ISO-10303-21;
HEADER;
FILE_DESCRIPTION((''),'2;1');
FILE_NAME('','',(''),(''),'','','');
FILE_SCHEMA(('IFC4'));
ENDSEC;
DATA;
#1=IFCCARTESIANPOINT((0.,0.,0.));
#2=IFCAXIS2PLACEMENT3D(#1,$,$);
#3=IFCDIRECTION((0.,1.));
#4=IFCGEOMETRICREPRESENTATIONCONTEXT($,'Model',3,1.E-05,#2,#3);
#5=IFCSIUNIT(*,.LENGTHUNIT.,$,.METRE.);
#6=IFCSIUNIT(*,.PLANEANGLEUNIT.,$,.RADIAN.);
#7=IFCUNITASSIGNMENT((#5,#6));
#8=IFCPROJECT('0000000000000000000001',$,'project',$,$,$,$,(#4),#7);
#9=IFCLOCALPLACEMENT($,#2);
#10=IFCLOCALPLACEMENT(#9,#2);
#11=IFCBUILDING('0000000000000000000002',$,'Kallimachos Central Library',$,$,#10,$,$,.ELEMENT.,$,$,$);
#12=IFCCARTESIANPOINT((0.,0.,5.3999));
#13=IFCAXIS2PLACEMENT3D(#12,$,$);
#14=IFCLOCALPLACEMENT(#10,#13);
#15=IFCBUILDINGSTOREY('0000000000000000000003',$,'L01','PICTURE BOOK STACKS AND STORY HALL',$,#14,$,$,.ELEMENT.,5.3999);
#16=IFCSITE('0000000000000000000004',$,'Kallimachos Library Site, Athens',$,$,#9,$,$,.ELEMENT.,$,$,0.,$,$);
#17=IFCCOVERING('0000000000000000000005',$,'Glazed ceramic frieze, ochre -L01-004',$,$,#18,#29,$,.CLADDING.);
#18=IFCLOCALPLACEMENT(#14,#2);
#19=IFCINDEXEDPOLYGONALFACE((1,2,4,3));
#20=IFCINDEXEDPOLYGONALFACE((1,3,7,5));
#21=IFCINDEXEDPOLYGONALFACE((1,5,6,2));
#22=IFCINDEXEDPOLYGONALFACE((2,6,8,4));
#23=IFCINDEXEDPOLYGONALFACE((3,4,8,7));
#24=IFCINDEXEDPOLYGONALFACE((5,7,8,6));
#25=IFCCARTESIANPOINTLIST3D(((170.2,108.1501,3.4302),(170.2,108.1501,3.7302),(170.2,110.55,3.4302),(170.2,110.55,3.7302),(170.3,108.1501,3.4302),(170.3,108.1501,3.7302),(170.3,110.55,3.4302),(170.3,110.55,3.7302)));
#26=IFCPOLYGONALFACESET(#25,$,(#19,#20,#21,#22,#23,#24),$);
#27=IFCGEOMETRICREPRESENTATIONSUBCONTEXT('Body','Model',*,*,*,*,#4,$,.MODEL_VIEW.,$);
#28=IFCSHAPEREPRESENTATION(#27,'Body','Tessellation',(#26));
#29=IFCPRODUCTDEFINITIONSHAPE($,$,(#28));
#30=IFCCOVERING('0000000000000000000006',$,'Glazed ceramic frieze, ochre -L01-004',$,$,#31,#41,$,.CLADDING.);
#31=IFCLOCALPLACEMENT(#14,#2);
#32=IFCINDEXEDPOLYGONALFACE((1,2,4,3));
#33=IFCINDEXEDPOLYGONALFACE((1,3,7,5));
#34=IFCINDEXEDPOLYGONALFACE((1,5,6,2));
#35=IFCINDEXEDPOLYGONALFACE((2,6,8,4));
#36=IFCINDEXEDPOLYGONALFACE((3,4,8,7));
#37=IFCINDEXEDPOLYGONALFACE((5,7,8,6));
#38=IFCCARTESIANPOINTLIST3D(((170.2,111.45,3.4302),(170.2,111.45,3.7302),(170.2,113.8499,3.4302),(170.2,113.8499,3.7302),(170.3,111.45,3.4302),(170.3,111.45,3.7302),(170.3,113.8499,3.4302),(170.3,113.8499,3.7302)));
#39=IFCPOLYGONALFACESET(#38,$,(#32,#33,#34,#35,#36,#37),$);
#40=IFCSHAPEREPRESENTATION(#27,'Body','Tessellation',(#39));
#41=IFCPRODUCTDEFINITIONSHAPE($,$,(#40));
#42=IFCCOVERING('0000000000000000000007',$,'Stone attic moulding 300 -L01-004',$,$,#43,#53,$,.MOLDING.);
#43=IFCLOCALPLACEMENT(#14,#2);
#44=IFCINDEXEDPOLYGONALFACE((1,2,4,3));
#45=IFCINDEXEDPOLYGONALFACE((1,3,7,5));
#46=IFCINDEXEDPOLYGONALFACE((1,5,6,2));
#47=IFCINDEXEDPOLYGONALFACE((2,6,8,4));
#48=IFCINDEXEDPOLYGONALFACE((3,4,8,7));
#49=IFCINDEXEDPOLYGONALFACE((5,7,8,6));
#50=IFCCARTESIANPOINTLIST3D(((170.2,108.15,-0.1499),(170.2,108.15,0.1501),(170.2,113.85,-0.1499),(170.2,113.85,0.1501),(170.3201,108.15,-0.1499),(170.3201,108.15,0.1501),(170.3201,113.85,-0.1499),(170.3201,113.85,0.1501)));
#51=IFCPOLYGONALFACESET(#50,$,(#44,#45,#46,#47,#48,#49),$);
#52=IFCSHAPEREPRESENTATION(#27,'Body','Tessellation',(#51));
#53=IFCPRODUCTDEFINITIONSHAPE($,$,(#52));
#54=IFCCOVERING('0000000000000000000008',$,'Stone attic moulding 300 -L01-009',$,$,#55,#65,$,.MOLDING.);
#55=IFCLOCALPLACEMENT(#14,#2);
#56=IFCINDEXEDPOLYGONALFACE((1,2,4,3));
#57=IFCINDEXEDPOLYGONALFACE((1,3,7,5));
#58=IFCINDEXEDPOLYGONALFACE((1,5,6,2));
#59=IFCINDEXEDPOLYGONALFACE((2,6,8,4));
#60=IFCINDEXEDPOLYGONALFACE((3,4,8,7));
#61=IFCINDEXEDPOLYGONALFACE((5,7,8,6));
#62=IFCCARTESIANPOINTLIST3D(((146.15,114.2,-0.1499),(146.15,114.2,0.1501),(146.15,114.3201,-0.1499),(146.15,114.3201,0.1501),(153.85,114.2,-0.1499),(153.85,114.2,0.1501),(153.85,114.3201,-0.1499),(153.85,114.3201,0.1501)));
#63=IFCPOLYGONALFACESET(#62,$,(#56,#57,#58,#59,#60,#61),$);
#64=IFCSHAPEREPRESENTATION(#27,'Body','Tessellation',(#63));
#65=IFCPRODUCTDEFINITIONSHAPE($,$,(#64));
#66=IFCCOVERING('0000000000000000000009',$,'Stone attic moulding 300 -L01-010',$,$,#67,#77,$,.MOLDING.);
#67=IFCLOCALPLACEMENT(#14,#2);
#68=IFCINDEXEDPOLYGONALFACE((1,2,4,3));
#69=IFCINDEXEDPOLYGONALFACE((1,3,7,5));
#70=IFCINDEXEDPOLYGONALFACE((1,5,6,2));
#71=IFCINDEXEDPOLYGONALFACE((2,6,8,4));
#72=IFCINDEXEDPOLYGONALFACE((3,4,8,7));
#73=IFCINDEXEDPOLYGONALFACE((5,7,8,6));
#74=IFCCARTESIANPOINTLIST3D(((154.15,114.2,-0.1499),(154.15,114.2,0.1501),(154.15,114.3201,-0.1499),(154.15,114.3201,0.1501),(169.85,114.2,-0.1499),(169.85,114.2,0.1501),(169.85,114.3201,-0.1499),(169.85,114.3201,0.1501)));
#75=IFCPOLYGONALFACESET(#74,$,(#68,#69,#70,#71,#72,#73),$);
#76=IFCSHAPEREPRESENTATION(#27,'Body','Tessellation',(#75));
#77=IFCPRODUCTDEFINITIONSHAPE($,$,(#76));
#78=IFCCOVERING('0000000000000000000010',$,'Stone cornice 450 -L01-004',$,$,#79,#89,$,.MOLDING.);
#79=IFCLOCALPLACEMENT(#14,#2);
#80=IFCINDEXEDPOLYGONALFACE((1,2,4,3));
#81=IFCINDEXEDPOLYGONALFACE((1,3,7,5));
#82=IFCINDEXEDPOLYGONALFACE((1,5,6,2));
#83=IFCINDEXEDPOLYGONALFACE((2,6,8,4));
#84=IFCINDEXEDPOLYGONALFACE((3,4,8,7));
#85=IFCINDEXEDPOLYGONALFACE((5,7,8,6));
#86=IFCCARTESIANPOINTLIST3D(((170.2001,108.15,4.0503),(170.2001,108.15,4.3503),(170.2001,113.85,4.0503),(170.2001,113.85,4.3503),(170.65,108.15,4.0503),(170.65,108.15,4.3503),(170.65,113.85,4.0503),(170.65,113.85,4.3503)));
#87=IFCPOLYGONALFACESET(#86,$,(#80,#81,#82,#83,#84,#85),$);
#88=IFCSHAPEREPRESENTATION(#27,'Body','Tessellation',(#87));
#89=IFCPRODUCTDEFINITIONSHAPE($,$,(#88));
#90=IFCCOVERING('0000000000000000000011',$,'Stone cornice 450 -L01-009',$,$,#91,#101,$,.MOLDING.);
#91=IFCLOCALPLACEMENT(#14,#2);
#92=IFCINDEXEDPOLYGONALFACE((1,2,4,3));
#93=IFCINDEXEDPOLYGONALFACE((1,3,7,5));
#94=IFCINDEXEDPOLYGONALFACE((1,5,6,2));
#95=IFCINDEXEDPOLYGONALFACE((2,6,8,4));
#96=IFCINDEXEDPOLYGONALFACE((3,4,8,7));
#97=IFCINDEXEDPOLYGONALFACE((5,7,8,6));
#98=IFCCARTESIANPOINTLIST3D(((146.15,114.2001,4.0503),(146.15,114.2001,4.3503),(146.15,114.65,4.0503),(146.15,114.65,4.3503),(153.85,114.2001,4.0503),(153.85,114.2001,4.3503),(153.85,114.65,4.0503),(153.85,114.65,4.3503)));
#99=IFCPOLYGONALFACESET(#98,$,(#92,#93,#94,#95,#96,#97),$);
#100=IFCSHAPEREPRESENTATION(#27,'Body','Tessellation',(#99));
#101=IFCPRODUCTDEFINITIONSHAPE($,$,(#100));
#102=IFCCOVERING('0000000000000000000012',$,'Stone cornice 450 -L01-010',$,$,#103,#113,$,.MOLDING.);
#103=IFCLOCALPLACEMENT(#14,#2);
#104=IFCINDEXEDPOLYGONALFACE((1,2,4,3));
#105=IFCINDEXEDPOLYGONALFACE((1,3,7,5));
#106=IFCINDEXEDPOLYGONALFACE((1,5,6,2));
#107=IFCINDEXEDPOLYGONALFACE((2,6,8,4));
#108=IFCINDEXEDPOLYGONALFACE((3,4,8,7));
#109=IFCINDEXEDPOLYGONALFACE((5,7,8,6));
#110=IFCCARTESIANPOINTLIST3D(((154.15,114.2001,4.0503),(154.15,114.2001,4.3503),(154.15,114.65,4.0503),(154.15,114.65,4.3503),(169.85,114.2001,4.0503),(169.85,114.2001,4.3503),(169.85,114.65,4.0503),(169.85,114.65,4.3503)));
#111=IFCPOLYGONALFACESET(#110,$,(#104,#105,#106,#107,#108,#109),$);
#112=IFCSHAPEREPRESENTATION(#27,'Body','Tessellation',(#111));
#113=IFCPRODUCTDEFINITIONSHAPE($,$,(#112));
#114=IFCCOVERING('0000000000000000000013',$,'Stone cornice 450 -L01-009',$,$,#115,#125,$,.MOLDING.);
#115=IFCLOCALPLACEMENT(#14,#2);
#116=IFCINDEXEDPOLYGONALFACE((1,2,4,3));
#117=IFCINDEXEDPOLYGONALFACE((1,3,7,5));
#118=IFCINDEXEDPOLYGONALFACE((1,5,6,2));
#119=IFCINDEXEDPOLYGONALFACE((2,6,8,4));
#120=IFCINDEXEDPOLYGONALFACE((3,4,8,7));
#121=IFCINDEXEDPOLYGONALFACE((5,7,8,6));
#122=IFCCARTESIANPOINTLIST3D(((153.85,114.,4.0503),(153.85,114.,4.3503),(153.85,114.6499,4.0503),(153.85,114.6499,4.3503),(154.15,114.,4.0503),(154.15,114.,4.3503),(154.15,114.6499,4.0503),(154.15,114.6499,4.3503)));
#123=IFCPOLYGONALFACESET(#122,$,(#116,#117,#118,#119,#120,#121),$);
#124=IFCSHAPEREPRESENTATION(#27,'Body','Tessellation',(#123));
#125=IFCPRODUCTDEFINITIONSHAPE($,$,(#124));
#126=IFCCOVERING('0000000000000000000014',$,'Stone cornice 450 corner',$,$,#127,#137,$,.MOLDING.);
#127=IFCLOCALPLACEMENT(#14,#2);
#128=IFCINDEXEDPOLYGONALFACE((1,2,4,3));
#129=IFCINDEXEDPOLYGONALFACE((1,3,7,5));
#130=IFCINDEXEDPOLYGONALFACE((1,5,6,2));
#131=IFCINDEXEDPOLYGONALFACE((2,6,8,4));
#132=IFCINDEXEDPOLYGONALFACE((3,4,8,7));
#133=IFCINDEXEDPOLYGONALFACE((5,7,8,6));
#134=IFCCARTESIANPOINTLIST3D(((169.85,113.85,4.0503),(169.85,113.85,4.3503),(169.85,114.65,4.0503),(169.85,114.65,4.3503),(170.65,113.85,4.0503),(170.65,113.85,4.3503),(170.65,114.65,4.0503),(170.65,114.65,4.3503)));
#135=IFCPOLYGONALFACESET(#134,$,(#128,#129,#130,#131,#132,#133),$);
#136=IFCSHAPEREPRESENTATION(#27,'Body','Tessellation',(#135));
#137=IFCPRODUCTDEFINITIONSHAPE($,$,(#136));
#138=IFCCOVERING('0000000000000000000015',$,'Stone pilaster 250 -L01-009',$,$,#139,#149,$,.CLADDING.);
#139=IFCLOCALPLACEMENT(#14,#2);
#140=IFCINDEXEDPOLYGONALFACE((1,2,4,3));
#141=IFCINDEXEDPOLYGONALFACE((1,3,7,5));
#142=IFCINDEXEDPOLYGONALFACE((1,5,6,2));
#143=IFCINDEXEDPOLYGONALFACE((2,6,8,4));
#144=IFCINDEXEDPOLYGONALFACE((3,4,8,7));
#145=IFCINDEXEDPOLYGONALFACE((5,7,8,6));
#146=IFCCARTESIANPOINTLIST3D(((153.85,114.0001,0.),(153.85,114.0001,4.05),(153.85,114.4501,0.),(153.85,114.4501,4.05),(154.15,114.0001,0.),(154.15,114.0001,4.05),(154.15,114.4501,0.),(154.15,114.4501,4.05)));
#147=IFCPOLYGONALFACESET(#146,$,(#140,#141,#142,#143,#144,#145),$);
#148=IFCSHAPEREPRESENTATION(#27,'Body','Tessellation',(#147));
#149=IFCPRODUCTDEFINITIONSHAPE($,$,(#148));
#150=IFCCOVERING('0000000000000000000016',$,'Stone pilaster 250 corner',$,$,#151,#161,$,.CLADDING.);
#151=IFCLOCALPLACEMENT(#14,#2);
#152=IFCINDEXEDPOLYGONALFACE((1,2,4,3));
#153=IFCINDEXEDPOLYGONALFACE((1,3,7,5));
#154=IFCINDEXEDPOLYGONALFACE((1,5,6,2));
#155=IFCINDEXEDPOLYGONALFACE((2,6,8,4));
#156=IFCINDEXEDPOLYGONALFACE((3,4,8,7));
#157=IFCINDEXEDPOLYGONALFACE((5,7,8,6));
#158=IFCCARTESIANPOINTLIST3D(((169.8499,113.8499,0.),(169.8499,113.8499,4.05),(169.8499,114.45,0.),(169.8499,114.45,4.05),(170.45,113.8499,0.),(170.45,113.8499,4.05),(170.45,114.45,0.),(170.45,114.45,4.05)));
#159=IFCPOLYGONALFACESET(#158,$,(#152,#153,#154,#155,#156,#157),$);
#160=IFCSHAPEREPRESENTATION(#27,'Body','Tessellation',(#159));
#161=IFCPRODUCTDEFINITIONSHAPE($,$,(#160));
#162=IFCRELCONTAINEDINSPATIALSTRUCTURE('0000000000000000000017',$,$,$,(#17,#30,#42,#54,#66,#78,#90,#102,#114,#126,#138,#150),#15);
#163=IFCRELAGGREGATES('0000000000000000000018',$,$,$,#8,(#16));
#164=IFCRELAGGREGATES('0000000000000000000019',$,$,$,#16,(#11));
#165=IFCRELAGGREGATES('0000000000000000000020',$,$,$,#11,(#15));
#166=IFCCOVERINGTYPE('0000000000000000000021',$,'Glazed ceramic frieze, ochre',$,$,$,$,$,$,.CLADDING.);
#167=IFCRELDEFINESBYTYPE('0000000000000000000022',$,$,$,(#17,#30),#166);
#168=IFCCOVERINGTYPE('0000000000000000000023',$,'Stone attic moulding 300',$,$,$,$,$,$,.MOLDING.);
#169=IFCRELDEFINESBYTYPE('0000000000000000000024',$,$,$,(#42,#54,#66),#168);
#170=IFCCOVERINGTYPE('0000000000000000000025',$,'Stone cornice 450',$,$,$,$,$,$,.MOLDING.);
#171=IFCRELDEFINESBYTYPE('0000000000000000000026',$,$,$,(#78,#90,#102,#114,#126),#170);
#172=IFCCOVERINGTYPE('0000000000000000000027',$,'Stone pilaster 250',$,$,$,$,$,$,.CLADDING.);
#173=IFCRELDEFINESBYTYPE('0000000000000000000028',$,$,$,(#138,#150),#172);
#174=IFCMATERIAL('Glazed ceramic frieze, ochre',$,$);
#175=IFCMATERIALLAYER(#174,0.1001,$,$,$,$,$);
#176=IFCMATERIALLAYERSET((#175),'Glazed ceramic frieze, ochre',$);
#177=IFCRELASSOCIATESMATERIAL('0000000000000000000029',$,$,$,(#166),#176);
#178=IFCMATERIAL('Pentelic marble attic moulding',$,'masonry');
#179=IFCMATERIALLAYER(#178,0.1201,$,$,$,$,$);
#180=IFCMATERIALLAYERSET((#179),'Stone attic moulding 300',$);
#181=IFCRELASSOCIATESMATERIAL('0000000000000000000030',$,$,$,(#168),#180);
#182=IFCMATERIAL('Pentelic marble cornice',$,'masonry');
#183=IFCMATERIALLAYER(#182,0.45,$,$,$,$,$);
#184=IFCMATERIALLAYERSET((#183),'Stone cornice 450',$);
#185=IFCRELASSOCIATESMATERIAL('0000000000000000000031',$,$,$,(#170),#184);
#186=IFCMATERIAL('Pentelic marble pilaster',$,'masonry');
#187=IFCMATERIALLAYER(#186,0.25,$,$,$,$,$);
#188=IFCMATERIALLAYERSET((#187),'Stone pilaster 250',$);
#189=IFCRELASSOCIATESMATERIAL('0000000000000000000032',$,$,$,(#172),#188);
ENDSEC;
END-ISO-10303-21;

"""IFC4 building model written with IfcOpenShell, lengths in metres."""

from ifc_helpers import new_model, si_unit, direction, frame, origin, origin_2d, place, context, subcontext, project, spatial, rectangle, extrude, material, layer, layer_set, type_object, element, save


model = new_model("IFC4")

# Units and contexts
model_context = context("Model", 3, precision=1e-05, world=origin(), true_north=direction((0.0, 1.0)))
body_context = subcontext(model_context, "Body", "Model", "MODEL_VIEW")
ifc_project = project(units=[si_unit("LENGTHUNIT", "METRE"), si_unit("PLANEANGLEUNIT", "RADIAN")], contexts=[model_context])

# Site, building, storey
site_placement = place(None, origin())
site = spatial("IfcSite", under=ifc_project, at=site_placement, Name="Kallimachos Library Site, Athens", CompositionType="ELEMENT", RefElevation=0.0)
building_placement = place(site_placement, origin())
building = spatial("IfcBuilding", under=site, at=building_placement, Name="Kallimachos Central Library", CompositionType="ELEMENT")
storey_placement = place(building_placement, frame((0.0, 0.0, 5.3999)))
storey = spatial("IfcBuildingStorey", under=building, at=storey_placement, Name="L01", Description="PICTURE BOOK STACKS AND STORY HALL", CompositionType="ELEMENT", Elevation=5.3999)

# Coverings
ifc_material_1 = material(Name="Glazed ceramic frieze, ochre")
ifc_layer_1 = layer(ifc_material_1, 0.1001)
ifc_layer_set_1 = layer_set([ifc_layer_1], Name="Glazed ceramic frieze, ochre")
covering_type_1 = type_object("IfcCoveringType", Name="Glazed ceramic frieze, ochre", PredefinedType="CLADDING", material=ifc_layer_set_1)
for number, where, z_axis, x_axis, name in (
    (1, (170.25, 109.3501, 3.4302), (0.0, 0.0, 1.0), (1.0, 0.0, 0.0), "Glazed ceramic frieze, ochre -L01-004"),
    (2, (170.25, 112.6499, 3.4302), (0.0, 0.0, 1.0), (1.0, 0.0, 0.0), "Glazed ceramic frieze, ochre -L01-004"),
):
    element("IfcCovering", number, at=place(storey_placement, frame(where, z_axis=z_axis, x_axis=x_axis)), inside=storey, type_object=covering_type_1, Name=name, PredefinedType="CLADDING", context=body_context, shape_type="SweptSolid", body=[
        extrude(rectangle(XDim=0.1001, YDim=2.3999, at=origin_2d()), origin(), (0.0, 0.0, 1.0), 0.3),
    ])
ifc_material_2 = material(Name="Pentelic marble attic moulding", Category="masonry")
ifc_layer_2 = layer(ifc_material_2, 0.1201)
ifc_layer_set_2 = layer_set([ifc_layer_2], Name="Stone attic moulding 300")
covering_type_2 = type_object("IfcCoveringType", Name="Stone attic moulding 300", PredefinedType="MOLDING", material=ifc_layer_set_2)
covering_1_placement = place(storey_placement, frame((170.26, 111.0, -0.1499), z_axis=(0.0, 0.0, 1.0), x_axis=(1.0, 0.0, 0.0)))
element("IfcCovering", 3, at=covering_1_placement, inside=storey, type_object=covering_type_2, Name="Stone attic moulding 300 -L01-004", PredefinedType="MOLDING", context=body_context, shape_type="SweptSolid", body=[
    extrude(rectangle(XDim=0.1201, YDim=5.7, at=origin_2d()), origin(), (0.0, 0.0, 1.0), 0.3),
])
covering_2_placement = place(storey_placement, frame((150.0, 114.26, -0.1499), z_axis=(0.0, 0.0, 1.0), x_axis=(1.0, 0.0, 0.0)))
element("IfcCovering", 4, at=covering_2_placement, inside=storey, type_object=covering_type_2, Name="Stone attic moulding 300 -L01-009", PredefinedType="MOLDING", context=body_context, shape_type="SweptSolid", body=[
    extrude(rectangle(XDim=7.7, YDim=0.1201, at=origin_2d()), origin(), (0.0, 0.0, 1.0), 0.3),
])
covering_3_placement = place(storey_placement, frame((162.0, 114.26, -0.1499), z_axis=(0.0, 0.0, 1.0), x_axis=(1.0, 0.0, 0.0)))
element("IfcCovering", 5, at=covering_3_placement, inside=storey, type_object=covering_type_2, Name="Stone attic moulding 300 -L01-010", PredefinedType="MOLDING", context=body_context, shape_type="SweptSolid", body=[
    extrude(rectangle(XDim=15.7, YDim=0.1201, at=origin_2d()), origin(), (0.0, 0.0, 1.0), 0.3),
])
ifc_material_3 = material(Name="Pentelic marble cornice", Category="masonry")
ifc_layer_3 = layer(ifc_material_3, 0.45)
ifc_layer_set_3 = layer_set([ifc_layer_3], Name="Stone cornice 450")
covering_type_3 = type_object("IfcCoveringType", Name="Stone cornice 450", PredefinedType="MOLDING", material=ifc_layer_set_3)
covering_4_placement = place(storey_placement, frame((170.425, 111.0, 4.0503), z_axis=(0.0, 0.0, 1.0), x_axis=(1.0, 0.0, 0.0)))
element("IfcCovering", 6, at=covering_4_placement, inside=storey, type_object=covering_type_3, Name="Stone cornice 450 -L01-004", PredefinedType="MOLDING", context=body_context, shape_type="SweptSolid", body=[
    extrude(rectangle(XDim=0.45, YDim=5.7, at=origin_2d()), origin(), (0.0, 0.0, 1.0), 0.3),
])
covering_5_placement = place(storey_placement, frame((150.0, 114.425, 4.0503), z_axis=(0.0, 0.0, 1.0), x_axis=(1.0, 0.0, 0.0)))
element("IfcCovering", 7, at=covering_5_placement, inside=storey, type_object=covering_type_3, Name="Stone cornice 450 -L01-009", PredefinedType="MOLDING", context=body_context, shape_type="SweptSolid", body=[
    extrude(rectangle(XDim=7.7, YDim=0.45, at=origin_2d()), origin(), (0.0, 0.0, 1.0), 0.3),
])
covering_6_placement = place(storey_placement, frame((162.0, 114.425, 4.0503), z_axis=(0.0, 0.0, 1.0), x_axis=(1.0, 0.0, 0.0)))
element("IfcCovering", 8, at=covering_6_placement, inside=storey, type_object=covering_type_3, Name="Stone cornice 450 -L01-010", PredefinedType="MOLDING", context=body_context, shape_type="SweptSolid", body=[
    extrude(rectangle(XDim=15.7, YDim=0.45, at=origin_2d()), origin(), (0.0, 0.0, 1.0), 0.3),
])
covering_7_placement = place(storey_placement, frame((154.0, 114.325, 4.0503), z_axis=(0.0, 0.0, 1.0), x_axis=(1.0, 0.0, 0.0)))
element("IfcCovering", 9, at=covering_7_placement, inside=storey, type_object=covering_type_3, Name="Stone cornice 450 -L01-009", PredefinedType="MOLDING", context=body_context, shape_type="SweptSolid", body=[
    extrude(rectangle(XDim=0.3, YDim=0.6499, at=origin_2d()), origin(), (0.0, 0.0, 1.0), 0.3),
])
covering_8_placement = place(storey_placement, frame((170.25, 114.25, 4.0503), z_axis=(0.0, 0.0, 1.0), x_axis=(1.0, 0.0, 0.0)))
element("IfcCovering", 10, at=covering_8_placement, inside=storey, type_object=covering_type_3, Name="Stone cornice 450 corner", PredefinedType="MOLDING", context=body_context, shape_type="SweptSolid", body=[
    extrude(rectangle(XDim=0.8, YDim=0.8, at=origin_2d()), origin(), (0.0, 0.0, 1.0), 0.3),
])
ifc_material_4 = material(Name="Pentelic marble pilaster", Category="masonry")
ifc_layer_4 = layer(ifc_material_4, 0.25)
ifc_layer_set_4 = layer_set([ifc_layer_4], Name="Stone pilaster 250")
covering_type_4 = type_object("IfcCoveringType", Name="Stone pilaster 250", PredefinedType="CLADDING", material=ifc_layer_set_4)
covering_9_placement = place(storey_placement, frame((154.0, 114.2251, 0.0), z_axis=(0.0, 0.0, 1.0), x_axis=(1.0, 0.0, 0.0)))
element("IfcCovering", 11, at=covering_9_placement, inside=storey, type_object=covering_type_4, Name="Stone pilaster 250 -L01-009", PredefinedType="CLADDING", context=body_context, shape_type="SweptSolid", body=[
    extrude(rectangle(XDim=0.3, YDim=0.45, at=origin_2d()), origin(), (0.0, 0.0, 1.0), 4.05),
])
covering_10_placement = place(storey_placement, frame((170.1499, 114.1499, 0.0), z_axis=(0.0, 0.0, 1.0), x_axis=(1.0, 0.0, 0.0)))
element("IfcCovering", 12, at=covering_10_placement, inside=storey, type_object=covering_type_4, Name="Stone pilaster 250 corner", PredefinedType="CLADDING", context=body_context, shape_type="SweptSolid", body=[
    extrude(rectangle(XDim=0.6001, YDim=0.6001, at=origin_2d()), origin(), (0.0, 0.0, 1.0), 4.05),
])

save(model, "model.ifc")
